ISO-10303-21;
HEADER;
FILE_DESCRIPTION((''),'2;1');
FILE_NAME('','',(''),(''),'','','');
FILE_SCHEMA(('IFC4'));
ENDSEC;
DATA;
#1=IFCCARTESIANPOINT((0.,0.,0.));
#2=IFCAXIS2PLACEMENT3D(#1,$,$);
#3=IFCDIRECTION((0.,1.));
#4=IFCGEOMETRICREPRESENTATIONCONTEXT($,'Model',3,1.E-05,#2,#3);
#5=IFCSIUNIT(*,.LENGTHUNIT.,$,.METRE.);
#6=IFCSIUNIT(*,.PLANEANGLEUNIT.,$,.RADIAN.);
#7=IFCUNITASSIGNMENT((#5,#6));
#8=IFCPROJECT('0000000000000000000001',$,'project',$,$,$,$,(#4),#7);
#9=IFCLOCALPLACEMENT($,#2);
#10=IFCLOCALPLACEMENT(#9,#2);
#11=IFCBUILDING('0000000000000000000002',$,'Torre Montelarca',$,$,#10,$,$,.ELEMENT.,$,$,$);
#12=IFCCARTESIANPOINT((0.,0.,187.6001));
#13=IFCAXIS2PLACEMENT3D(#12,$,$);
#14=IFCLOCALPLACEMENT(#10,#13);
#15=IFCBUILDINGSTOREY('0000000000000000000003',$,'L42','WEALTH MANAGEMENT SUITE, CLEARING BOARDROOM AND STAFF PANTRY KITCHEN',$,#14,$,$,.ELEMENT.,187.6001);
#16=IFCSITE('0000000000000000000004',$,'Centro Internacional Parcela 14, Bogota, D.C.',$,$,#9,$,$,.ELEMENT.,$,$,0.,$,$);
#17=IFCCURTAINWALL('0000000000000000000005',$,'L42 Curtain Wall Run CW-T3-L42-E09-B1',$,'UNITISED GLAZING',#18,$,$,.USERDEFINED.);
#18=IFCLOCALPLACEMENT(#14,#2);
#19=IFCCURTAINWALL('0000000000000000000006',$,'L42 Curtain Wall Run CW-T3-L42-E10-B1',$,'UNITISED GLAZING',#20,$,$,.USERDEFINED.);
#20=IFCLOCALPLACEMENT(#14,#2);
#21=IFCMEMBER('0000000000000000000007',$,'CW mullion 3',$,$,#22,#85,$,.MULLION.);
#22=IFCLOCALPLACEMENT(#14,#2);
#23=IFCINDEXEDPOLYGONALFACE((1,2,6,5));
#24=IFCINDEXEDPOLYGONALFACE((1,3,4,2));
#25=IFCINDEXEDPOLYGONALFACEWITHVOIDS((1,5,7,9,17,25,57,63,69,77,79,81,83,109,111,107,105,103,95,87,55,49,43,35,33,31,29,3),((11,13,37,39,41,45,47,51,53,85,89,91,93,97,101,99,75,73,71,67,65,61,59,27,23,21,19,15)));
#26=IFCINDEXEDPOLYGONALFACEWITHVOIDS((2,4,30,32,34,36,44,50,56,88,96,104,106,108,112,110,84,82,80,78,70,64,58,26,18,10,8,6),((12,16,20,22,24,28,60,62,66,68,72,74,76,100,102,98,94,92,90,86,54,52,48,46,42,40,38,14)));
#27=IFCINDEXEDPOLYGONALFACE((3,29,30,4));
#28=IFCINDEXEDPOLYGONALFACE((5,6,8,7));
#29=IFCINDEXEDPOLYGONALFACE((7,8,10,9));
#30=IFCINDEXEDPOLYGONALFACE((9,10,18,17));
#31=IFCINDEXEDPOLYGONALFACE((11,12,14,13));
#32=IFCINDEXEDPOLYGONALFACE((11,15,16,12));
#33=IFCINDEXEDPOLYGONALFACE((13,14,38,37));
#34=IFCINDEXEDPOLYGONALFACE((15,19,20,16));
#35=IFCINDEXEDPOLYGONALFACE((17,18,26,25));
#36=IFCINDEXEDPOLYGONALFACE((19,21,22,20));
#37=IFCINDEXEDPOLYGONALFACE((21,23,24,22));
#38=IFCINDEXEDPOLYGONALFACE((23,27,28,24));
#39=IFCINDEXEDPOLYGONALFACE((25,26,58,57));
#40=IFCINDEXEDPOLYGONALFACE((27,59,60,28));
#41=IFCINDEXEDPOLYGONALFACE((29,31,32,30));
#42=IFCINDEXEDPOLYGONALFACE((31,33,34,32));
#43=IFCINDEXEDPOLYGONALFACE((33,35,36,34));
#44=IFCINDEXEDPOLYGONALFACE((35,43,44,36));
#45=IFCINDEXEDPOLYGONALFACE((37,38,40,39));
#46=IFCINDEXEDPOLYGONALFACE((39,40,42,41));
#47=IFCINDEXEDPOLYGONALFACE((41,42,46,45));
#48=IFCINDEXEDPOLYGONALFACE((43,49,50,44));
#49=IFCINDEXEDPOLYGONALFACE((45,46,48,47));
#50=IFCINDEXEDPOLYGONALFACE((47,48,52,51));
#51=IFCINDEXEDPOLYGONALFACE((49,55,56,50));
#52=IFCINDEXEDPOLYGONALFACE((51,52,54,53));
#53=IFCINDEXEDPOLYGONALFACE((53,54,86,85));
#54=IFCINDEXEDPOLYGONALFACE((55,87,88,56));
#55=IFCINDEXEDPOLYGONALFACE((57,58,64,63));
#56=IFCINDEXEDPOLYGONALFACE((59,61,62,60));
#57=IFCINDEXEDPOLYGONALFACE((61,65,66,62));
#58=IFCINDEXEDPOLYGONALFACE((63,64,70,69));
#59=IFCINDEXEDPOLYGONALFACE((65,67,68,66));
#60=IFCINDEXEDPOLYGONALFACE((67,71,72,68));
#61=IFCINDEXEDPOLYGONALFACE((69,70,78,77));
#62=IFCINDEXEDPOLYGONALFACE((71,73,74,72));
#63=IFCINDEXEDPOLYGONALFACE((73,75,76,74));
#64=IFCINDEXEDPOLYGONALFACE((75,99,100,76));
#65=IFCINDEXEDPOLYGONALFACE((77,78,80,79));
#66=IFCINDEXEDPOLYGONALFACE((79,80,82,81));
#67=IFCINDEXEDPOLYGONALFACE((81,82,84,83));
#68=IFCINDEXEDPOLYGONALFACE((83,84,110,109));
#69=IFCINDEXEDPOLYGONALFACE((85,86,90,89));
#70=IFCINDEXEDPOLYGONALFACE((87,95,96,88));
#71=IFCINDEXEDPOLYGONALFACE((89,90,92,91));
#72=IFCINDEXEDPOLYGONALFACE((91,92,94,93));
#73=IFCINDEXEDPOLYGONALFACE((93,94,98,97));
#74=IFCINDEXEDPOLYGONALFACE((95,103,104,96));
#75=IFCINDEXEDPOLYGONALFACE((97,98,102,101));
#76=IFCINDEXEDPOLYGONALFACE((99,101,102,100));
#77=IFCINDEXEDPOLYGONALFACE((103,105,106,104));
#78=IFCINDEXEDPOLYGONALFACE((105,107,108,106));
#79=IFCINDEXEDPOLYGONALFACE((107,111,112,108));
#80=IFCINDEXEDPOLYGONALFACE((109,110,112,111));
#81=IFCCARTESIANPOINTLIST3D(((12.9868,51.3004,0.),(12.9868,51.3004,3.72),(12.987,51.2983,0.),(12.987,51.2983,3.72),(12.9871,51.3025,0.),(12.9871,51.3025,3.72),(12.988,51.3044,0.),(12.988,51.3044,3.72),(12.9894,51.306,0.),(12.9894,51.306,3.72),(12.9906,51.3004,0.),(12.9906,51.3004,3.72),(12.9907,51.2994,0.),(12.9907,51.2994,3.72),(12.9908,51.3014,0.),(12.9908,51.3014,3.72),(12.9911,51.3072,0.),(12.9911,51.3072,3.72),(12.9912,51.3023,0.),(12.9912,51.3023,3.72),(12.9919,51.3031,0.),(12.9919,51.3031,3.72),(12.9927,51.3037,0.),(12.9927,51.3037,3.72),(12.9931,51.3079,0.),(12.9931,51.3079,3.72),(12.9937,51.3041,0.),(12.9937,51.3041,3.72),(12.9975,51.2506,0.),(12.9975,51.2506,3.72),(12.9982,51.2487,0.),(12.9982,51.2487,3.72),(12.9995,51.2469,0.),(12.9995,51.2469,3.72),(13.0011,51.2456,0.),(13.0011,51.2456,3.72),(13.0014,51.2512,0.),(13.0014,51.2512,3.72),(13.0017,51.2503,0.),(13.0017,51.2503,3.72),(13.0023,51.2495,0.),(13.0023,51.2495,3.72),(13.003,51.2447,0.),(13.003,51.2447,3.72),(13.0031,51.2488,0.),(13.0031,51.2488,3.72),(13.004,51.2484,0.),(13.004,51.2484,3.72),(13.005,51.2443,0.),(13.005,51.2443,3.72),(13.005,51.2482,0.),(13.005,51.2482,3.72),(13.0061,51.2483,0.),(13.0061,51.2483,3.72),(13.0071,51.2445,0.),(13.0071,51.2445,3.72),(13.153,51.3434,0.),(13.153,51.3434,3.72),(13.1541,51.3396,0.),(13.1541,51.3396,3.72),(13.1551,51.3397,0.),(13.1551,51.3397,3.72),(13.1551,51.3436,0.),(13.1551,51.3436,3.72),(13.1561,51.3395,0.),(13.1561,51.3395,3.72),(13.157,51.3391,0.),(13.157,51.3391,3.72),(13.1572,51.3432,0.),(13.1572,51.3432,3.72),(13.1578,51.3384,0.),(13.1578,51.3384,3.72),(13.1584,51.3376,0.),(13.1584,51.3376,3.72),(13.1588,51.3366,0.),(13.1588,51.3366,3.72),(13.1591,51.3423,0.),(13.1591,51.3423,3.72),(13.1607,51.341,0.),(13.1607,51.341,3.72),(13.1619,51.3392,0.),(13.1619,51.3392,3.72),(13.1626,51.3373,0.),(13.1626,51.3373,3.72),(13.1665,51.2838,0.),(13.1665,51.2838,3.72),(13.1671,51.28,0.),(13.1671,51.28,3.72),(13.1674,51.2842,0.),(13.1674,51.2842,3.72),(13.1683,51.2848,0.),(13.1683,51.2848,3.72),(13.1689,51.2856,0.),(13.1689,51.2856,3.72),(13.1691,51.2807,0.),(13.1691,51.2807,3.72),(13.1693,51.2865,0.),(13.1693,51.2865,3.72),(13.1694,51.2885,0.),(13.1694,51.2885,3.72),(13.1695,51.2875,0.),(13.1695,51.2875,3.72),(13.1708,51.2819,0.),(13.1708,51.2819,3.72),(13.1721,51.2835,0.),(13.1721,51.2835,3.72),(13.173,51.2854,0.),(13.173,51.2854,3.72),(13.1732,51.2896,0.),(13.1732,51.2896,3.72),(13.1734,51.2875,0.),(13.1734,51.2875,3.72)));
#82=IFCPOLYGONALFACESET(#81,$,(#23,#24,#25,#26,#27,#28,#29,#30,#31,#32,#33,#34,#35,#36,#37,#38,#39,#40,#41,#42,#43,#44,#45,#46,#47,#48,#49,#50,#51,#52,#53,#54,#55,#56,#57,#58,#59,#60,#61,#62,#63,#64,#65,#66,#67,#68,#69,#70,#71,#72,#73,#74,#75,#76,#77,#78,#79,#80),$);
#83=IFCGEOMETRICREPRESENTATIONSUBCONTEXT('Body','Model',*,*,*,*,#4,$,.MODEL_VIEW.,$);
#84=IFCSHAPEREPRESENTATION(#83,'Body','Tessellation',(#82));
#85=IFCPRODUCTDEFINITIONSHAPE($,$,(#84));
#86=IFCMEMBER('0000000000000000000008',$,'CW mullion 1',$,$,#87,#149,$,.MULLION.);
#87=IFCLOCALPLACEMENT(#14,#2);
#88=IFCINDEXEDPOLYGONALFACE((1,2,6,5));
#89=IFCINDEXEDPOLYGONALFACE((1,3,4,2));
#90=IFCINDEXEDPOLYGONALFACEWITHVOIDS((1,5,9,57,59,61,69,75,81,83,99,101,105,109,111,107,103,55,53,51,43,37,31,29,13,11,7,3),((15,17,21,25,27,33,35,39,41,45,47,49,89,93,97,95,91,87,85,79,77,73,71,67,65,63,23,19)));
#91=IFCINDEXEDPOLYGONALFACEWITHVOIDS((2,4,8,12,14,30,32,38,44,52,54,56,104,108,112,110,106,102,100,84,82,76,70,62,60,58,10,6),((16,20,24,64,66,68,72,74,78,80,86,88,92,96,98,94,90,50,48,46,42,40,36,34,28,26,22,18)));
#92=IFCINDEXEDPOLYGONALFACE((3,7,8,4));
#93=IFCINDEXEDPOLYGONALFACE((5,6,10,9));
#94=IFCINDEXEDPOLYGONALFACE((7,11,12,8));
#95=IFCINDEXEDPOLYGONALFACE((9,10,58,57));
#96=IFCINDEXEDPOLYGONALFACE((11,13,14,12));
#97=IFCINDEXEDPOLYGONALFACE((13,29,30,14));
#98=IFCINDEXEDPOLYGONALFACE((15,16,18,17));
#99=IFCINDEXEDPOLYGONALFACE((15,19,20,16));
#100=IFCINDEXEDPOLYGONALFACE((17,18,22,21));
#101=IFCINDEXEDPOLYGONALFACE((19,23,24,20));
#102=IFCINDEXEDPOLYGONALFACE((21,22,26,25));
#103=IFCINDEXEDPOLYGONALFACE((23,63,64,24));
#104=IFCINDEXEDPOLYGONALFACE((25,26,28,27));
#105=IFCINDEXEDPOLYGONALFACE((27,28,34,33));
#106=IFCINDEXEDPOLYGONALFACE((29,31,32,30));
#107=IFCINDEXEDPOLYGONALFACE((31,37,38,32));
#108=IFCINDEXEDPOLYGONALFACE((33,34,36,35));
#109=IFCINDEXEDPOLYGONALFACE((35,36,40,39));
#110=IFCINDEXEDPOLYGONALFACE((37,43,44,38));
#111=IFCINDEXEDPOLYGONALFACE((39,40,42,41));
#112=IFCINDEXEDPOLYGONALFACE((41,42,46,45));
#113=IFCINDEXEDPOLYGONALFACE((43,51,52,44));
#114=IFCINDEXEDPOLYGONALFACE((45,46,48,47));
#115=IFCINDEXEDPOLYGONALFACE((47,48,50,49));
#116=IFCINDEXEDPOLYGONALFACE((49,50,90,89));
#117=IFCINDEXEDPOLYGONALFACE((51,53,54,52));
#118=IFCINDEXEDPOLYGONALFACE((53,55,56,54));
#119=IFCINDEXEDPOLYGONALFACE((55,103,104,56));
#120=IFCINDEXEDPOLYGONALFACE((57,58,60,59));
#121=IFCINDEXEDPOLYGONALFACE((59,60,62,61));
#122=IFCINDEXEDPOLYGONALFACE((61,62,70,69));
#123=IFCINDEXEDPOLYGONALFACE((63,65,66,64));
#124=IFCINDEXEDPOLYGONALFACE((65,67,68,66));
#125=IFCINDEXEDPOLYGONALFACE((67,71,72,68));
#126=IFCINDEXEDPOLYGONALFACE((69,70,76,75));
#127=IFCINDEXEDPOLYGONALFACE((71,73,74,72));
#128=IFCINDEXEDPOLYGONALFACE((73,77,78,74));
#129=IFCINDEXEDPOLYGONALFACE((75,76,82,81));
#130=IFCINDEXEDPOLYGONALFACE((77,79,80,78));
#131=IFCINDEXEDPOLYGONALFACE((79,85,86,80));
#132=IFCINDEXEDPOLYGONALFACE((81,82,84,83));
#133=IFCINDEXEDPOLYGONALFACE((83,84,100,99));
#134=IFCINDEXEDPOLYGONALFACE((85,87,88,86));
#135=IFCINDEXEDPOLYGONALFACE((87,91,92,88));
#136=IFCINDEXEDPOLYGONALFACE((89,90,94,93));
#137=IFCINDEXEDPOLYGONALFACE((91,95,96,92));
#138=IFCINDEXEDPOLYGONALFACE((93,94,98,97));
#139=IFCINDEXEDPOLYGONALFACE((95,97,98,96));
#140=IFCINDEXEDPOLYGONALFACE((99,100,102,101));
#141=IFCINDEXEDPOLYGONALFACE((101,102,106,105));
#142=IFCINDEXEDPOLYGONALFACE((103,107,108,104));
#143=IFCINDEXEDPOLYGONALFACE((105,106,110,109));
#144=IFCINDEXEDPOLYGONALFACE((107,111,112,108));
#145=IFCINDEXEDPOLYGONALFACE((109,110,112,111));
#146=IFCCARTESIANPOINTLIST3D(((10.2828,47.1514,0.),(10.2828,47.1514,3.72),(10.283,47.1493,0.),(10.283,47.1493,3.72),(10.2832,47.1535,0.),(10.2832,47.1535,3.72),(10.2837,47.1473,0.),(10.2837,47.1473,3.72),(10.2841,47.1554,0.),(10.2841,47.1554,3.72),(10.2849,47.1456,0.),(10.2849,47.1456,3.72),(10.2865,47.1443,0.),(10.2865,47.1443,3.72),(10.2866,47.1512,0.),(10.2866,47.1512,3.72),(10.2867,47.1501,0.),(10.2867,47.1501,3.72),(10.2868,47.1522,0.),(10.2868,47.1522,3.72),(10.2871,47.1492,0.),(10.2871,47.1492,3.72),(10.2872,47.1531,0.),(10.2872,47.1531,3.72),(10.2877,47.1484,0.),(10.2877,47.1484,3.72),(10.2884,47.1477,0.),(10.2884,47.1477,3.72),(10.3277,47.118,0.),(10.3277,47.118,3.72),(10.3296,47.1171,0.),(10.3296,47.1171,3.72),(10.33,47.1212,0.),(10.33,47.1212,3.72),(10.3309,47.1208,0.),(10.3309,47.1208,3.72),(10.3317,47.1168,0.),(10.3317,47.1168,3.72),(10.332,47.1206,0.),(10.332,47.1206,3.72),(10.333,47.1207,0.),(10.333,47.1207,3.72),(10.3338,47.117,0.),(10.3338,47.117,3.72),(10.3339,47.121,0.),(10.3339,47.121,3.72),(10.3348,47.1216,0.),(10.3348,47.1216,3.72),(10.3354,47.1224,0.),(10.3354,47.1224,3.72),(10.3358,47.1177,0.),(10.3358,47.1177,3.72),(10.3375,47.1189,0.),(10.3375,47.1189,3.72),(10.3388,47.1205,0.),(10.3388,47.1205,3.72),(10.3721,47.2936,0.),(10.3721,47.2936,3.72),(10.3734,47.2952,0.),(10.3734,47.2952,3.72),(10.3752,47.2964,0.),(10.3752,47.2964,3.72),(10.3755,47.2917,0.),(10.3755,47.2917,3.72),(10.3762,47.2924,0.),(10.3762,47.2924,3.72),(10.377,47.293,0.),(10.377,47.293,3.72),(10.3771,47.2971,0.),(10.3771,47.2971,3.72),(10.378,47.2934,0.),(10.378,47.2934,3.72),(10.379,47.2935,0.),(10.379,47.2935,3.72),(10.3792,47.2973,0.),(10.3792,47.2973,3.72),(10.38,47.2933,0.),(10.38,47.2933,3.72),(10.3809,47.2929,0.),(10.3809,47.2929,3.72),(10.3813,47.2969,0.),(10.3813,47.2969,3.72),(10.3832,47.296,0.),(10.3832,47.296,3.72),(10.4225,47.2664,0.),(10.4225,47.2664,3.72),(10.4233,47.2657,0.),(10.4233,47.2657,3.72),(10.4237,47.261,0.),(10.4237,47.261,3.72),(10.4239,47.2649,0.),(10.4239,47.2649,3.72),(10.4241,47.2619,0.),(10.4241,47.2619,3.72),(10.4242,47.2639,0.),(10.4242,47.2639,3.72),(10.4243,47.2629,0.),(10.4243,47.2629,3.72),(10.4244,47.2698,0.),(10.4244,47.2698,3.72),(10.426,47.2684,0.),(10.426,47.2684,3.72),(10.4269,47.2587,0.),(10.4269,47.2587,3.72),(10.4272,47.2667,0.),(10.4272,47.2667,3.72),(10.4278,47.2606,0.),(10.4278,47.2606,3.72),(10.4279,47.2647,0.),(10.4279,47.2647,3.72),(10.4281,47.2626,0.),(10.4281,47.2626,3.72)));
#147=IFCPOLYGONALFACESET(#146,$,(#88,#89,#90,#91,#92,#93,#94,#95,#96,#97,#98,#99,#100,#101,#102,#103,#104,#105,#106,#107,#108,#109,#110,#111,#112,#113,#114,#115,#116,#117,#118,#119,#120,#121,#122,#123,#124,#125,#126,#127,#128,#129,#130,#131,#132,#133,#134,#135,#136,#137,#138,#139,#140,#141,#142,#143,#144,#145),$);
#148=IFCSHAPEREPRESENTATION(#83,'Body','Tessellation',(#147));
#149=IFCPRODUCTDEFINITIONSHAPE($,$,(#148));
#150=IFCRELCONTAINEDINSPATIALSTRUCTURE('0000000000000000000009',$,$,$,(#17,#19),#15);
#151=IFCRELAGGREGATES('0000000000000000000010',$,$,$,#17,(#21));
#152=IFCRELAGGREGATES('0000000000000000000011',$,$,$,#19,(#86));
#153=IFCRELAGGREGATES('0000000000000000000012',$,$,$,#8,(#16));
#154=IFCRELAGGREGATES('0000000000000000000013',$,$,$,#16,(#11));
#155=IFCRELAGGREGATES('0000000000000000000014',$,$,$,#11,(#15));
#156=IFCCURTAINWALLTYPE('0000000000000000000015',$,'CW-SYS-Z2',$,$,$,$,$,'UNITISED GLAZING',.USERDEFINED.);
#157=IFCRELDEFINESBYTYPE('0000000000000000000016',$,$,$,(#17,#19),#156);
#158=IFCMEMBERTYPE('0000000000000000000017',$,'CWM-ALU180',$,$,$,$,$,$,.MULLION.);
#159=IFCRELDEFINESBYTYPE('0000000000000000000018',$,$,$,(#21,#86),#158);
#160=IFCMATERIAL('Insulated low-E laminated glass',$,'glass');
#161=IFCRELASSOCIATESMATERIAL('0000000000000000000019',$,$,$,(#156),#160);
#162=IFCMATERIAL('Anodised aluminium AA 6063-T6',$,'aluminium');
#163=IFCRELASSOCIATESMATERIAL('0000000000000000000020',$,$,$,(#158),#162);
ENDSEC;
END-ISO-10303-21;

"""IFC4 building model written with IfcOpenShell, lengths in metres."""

from ifc_helpers import new_model, si_unit, direction, frame, origin, origin_2d, place, context, subcontext, project, spatial, hollow_rectangle, extrude, source, transform, mapped, material, material_profile, profile_set, type_object, element, aggregate, save


model = new_model("IFC4")

# Units and contexts
model_context = context("Model", 3, precision=1e-05, world=origin(), true_north=direction((0.0, 1.0)))
body_context = subcontext(model_context, "Body", "Model", "MODEL_VIEW")
ifc_project = project(units=[si_unit("LENGTHUNIT", "METRE"), si_unit("PLANEANGLEUNIT", "RADIAN")], contexts=[model_context])

# Site, building, storey
site_placement = place(None, origin())
site = spatial("IfcSite", under=ifc_project, at=site_placement, Name="Centro Internacional Parcela 14, Bogota, D.C.", CompositionType="ELEMENT", RefElevation=0.0)
building_placement = place(site_placement, origin())
building = spatial("IfcBuilding", under=site, at=building_placement, Name="Torre Montelarca", CompositionType="ELEMENT")
storey_placement = place(building_placement, frame((0.0, 0.0, 187.6001)))
storey = spatial("IfcBuildingStorey", under=building, at=storey_placement, Name="L42", Description="WEALTH MANAGEMENT SUITE, CLEARING BOARDROOM AND STAFF PANTRY KITCHEN", CompositionType="ELEMENT", Elevation=187.6001)

# Curtain walls
ifc_material_1 = material(Name="Insulated low-E laminated glass", Category="glass")
curtain_wall_type = type_object("IfcCurtainWallType", Name="CW-SYS-Z2", ElementType="UNITISED GLAZING", PredefinedType="USERDEFINED", material=ifc_material_1)
curtain_wall_1_placement = place(storey_placement, origin())
curtain_wall_1 = element("IfcCurtainWall", 1, at=curtain_wall_1_placement, inside=storey, type_object=curtain_wall_type, Name="L42 Curtain Wall Run CW-T3-L42-E09-B1", ObjectType="UNITISED GLAZING", PredefinedType="USERDEFINED")
ifc_material_2 = material(Name="Anodised aluminium AA 6063-T6", Category="aluminium")
curtain_wall_2_placement = place(storey_placement, origin())
curtain_wall_2 = element("IfcCurtainWall", 2, at=curtain_wall_2_placement, inside=storey, type_object=curtain_wall_type, Name="L42 Curtain Wall Run CW-T3-L42-E10-B1", ObjectType="UNITISED GLAZING", PredefinedType="USERDEFINED")

# Shared definitions
ifc_material_profile_1 = material_profile(ifc_material_2, hollow_rectangle(XDim=0.0649, YDim=0.1799, WallThickness=0.0039, InnerFilletRadius=0.0039, OuterFilletRadius=0.0081, at=origin_2d()), Name="ALU65X180X4", Category="aluminium")
ifc_profile_set_1 = profile_set([ifc_material_profile_1], Name="Anodised aluminium AA 6063-T6")
member_type_1 = type_object("IfcMemberType", Name="CWM-ALU180", PredefinedType="MULLION", material=ifc_profile_set_1)
shared_shape_1 = source(origin(), body_context, "Body", "SweptSolid", [
    extrude(hollow_rectangle(XDim=0.0649, YDim=0.1799, WallThickness=0.0039, InnerFilletRadius=0.0039, OuterFilletRadius=0.0081, at=origin_2d()), origin(), (0.0, 0.0, 1.0), 3.72),
])

# Members
member_1_placement = place(storey_placement, frame((13.0801, 51.2939, 0.0), z_axis=(0.0, 0.0, 1.0), x_axis=(0.216448, -0.976294, 0.0)))
member_1 = element("IfcMember", 3, at=member_1_placement, type_object=member_type_1, Name="CW mullion 3", PredefinedType="MULLION", context=body_context, shape_type="MappedRepresentation", body=[
    mapped(shared_shape_1, transform((0.0, 0.0, 0.0), scale=1.0)),
])
member_2_placement = place(storey_placement, frame((10.3555, 47.207, 0.0), z_axis=(0.0, 0.0, 1.0), x_axis=(0.843388, -0.537305, 0.0)))
member_2 = element("IfcMember", 4, at=member_2_placement, type_object=member_type_1, Name="CW mullion 1", PredefinedType="MULLION", context=body_context, shape_type="MappedRepresentation", body=[
    mapped(shared_shape_1, transform((0.0, 0.0, 0.0), scale=1.0)),
])

aggregate(curtain_wall_1, [member_1])
aggregate(curtain_wall_2, [member_2])

save(model, "model.ifc")
